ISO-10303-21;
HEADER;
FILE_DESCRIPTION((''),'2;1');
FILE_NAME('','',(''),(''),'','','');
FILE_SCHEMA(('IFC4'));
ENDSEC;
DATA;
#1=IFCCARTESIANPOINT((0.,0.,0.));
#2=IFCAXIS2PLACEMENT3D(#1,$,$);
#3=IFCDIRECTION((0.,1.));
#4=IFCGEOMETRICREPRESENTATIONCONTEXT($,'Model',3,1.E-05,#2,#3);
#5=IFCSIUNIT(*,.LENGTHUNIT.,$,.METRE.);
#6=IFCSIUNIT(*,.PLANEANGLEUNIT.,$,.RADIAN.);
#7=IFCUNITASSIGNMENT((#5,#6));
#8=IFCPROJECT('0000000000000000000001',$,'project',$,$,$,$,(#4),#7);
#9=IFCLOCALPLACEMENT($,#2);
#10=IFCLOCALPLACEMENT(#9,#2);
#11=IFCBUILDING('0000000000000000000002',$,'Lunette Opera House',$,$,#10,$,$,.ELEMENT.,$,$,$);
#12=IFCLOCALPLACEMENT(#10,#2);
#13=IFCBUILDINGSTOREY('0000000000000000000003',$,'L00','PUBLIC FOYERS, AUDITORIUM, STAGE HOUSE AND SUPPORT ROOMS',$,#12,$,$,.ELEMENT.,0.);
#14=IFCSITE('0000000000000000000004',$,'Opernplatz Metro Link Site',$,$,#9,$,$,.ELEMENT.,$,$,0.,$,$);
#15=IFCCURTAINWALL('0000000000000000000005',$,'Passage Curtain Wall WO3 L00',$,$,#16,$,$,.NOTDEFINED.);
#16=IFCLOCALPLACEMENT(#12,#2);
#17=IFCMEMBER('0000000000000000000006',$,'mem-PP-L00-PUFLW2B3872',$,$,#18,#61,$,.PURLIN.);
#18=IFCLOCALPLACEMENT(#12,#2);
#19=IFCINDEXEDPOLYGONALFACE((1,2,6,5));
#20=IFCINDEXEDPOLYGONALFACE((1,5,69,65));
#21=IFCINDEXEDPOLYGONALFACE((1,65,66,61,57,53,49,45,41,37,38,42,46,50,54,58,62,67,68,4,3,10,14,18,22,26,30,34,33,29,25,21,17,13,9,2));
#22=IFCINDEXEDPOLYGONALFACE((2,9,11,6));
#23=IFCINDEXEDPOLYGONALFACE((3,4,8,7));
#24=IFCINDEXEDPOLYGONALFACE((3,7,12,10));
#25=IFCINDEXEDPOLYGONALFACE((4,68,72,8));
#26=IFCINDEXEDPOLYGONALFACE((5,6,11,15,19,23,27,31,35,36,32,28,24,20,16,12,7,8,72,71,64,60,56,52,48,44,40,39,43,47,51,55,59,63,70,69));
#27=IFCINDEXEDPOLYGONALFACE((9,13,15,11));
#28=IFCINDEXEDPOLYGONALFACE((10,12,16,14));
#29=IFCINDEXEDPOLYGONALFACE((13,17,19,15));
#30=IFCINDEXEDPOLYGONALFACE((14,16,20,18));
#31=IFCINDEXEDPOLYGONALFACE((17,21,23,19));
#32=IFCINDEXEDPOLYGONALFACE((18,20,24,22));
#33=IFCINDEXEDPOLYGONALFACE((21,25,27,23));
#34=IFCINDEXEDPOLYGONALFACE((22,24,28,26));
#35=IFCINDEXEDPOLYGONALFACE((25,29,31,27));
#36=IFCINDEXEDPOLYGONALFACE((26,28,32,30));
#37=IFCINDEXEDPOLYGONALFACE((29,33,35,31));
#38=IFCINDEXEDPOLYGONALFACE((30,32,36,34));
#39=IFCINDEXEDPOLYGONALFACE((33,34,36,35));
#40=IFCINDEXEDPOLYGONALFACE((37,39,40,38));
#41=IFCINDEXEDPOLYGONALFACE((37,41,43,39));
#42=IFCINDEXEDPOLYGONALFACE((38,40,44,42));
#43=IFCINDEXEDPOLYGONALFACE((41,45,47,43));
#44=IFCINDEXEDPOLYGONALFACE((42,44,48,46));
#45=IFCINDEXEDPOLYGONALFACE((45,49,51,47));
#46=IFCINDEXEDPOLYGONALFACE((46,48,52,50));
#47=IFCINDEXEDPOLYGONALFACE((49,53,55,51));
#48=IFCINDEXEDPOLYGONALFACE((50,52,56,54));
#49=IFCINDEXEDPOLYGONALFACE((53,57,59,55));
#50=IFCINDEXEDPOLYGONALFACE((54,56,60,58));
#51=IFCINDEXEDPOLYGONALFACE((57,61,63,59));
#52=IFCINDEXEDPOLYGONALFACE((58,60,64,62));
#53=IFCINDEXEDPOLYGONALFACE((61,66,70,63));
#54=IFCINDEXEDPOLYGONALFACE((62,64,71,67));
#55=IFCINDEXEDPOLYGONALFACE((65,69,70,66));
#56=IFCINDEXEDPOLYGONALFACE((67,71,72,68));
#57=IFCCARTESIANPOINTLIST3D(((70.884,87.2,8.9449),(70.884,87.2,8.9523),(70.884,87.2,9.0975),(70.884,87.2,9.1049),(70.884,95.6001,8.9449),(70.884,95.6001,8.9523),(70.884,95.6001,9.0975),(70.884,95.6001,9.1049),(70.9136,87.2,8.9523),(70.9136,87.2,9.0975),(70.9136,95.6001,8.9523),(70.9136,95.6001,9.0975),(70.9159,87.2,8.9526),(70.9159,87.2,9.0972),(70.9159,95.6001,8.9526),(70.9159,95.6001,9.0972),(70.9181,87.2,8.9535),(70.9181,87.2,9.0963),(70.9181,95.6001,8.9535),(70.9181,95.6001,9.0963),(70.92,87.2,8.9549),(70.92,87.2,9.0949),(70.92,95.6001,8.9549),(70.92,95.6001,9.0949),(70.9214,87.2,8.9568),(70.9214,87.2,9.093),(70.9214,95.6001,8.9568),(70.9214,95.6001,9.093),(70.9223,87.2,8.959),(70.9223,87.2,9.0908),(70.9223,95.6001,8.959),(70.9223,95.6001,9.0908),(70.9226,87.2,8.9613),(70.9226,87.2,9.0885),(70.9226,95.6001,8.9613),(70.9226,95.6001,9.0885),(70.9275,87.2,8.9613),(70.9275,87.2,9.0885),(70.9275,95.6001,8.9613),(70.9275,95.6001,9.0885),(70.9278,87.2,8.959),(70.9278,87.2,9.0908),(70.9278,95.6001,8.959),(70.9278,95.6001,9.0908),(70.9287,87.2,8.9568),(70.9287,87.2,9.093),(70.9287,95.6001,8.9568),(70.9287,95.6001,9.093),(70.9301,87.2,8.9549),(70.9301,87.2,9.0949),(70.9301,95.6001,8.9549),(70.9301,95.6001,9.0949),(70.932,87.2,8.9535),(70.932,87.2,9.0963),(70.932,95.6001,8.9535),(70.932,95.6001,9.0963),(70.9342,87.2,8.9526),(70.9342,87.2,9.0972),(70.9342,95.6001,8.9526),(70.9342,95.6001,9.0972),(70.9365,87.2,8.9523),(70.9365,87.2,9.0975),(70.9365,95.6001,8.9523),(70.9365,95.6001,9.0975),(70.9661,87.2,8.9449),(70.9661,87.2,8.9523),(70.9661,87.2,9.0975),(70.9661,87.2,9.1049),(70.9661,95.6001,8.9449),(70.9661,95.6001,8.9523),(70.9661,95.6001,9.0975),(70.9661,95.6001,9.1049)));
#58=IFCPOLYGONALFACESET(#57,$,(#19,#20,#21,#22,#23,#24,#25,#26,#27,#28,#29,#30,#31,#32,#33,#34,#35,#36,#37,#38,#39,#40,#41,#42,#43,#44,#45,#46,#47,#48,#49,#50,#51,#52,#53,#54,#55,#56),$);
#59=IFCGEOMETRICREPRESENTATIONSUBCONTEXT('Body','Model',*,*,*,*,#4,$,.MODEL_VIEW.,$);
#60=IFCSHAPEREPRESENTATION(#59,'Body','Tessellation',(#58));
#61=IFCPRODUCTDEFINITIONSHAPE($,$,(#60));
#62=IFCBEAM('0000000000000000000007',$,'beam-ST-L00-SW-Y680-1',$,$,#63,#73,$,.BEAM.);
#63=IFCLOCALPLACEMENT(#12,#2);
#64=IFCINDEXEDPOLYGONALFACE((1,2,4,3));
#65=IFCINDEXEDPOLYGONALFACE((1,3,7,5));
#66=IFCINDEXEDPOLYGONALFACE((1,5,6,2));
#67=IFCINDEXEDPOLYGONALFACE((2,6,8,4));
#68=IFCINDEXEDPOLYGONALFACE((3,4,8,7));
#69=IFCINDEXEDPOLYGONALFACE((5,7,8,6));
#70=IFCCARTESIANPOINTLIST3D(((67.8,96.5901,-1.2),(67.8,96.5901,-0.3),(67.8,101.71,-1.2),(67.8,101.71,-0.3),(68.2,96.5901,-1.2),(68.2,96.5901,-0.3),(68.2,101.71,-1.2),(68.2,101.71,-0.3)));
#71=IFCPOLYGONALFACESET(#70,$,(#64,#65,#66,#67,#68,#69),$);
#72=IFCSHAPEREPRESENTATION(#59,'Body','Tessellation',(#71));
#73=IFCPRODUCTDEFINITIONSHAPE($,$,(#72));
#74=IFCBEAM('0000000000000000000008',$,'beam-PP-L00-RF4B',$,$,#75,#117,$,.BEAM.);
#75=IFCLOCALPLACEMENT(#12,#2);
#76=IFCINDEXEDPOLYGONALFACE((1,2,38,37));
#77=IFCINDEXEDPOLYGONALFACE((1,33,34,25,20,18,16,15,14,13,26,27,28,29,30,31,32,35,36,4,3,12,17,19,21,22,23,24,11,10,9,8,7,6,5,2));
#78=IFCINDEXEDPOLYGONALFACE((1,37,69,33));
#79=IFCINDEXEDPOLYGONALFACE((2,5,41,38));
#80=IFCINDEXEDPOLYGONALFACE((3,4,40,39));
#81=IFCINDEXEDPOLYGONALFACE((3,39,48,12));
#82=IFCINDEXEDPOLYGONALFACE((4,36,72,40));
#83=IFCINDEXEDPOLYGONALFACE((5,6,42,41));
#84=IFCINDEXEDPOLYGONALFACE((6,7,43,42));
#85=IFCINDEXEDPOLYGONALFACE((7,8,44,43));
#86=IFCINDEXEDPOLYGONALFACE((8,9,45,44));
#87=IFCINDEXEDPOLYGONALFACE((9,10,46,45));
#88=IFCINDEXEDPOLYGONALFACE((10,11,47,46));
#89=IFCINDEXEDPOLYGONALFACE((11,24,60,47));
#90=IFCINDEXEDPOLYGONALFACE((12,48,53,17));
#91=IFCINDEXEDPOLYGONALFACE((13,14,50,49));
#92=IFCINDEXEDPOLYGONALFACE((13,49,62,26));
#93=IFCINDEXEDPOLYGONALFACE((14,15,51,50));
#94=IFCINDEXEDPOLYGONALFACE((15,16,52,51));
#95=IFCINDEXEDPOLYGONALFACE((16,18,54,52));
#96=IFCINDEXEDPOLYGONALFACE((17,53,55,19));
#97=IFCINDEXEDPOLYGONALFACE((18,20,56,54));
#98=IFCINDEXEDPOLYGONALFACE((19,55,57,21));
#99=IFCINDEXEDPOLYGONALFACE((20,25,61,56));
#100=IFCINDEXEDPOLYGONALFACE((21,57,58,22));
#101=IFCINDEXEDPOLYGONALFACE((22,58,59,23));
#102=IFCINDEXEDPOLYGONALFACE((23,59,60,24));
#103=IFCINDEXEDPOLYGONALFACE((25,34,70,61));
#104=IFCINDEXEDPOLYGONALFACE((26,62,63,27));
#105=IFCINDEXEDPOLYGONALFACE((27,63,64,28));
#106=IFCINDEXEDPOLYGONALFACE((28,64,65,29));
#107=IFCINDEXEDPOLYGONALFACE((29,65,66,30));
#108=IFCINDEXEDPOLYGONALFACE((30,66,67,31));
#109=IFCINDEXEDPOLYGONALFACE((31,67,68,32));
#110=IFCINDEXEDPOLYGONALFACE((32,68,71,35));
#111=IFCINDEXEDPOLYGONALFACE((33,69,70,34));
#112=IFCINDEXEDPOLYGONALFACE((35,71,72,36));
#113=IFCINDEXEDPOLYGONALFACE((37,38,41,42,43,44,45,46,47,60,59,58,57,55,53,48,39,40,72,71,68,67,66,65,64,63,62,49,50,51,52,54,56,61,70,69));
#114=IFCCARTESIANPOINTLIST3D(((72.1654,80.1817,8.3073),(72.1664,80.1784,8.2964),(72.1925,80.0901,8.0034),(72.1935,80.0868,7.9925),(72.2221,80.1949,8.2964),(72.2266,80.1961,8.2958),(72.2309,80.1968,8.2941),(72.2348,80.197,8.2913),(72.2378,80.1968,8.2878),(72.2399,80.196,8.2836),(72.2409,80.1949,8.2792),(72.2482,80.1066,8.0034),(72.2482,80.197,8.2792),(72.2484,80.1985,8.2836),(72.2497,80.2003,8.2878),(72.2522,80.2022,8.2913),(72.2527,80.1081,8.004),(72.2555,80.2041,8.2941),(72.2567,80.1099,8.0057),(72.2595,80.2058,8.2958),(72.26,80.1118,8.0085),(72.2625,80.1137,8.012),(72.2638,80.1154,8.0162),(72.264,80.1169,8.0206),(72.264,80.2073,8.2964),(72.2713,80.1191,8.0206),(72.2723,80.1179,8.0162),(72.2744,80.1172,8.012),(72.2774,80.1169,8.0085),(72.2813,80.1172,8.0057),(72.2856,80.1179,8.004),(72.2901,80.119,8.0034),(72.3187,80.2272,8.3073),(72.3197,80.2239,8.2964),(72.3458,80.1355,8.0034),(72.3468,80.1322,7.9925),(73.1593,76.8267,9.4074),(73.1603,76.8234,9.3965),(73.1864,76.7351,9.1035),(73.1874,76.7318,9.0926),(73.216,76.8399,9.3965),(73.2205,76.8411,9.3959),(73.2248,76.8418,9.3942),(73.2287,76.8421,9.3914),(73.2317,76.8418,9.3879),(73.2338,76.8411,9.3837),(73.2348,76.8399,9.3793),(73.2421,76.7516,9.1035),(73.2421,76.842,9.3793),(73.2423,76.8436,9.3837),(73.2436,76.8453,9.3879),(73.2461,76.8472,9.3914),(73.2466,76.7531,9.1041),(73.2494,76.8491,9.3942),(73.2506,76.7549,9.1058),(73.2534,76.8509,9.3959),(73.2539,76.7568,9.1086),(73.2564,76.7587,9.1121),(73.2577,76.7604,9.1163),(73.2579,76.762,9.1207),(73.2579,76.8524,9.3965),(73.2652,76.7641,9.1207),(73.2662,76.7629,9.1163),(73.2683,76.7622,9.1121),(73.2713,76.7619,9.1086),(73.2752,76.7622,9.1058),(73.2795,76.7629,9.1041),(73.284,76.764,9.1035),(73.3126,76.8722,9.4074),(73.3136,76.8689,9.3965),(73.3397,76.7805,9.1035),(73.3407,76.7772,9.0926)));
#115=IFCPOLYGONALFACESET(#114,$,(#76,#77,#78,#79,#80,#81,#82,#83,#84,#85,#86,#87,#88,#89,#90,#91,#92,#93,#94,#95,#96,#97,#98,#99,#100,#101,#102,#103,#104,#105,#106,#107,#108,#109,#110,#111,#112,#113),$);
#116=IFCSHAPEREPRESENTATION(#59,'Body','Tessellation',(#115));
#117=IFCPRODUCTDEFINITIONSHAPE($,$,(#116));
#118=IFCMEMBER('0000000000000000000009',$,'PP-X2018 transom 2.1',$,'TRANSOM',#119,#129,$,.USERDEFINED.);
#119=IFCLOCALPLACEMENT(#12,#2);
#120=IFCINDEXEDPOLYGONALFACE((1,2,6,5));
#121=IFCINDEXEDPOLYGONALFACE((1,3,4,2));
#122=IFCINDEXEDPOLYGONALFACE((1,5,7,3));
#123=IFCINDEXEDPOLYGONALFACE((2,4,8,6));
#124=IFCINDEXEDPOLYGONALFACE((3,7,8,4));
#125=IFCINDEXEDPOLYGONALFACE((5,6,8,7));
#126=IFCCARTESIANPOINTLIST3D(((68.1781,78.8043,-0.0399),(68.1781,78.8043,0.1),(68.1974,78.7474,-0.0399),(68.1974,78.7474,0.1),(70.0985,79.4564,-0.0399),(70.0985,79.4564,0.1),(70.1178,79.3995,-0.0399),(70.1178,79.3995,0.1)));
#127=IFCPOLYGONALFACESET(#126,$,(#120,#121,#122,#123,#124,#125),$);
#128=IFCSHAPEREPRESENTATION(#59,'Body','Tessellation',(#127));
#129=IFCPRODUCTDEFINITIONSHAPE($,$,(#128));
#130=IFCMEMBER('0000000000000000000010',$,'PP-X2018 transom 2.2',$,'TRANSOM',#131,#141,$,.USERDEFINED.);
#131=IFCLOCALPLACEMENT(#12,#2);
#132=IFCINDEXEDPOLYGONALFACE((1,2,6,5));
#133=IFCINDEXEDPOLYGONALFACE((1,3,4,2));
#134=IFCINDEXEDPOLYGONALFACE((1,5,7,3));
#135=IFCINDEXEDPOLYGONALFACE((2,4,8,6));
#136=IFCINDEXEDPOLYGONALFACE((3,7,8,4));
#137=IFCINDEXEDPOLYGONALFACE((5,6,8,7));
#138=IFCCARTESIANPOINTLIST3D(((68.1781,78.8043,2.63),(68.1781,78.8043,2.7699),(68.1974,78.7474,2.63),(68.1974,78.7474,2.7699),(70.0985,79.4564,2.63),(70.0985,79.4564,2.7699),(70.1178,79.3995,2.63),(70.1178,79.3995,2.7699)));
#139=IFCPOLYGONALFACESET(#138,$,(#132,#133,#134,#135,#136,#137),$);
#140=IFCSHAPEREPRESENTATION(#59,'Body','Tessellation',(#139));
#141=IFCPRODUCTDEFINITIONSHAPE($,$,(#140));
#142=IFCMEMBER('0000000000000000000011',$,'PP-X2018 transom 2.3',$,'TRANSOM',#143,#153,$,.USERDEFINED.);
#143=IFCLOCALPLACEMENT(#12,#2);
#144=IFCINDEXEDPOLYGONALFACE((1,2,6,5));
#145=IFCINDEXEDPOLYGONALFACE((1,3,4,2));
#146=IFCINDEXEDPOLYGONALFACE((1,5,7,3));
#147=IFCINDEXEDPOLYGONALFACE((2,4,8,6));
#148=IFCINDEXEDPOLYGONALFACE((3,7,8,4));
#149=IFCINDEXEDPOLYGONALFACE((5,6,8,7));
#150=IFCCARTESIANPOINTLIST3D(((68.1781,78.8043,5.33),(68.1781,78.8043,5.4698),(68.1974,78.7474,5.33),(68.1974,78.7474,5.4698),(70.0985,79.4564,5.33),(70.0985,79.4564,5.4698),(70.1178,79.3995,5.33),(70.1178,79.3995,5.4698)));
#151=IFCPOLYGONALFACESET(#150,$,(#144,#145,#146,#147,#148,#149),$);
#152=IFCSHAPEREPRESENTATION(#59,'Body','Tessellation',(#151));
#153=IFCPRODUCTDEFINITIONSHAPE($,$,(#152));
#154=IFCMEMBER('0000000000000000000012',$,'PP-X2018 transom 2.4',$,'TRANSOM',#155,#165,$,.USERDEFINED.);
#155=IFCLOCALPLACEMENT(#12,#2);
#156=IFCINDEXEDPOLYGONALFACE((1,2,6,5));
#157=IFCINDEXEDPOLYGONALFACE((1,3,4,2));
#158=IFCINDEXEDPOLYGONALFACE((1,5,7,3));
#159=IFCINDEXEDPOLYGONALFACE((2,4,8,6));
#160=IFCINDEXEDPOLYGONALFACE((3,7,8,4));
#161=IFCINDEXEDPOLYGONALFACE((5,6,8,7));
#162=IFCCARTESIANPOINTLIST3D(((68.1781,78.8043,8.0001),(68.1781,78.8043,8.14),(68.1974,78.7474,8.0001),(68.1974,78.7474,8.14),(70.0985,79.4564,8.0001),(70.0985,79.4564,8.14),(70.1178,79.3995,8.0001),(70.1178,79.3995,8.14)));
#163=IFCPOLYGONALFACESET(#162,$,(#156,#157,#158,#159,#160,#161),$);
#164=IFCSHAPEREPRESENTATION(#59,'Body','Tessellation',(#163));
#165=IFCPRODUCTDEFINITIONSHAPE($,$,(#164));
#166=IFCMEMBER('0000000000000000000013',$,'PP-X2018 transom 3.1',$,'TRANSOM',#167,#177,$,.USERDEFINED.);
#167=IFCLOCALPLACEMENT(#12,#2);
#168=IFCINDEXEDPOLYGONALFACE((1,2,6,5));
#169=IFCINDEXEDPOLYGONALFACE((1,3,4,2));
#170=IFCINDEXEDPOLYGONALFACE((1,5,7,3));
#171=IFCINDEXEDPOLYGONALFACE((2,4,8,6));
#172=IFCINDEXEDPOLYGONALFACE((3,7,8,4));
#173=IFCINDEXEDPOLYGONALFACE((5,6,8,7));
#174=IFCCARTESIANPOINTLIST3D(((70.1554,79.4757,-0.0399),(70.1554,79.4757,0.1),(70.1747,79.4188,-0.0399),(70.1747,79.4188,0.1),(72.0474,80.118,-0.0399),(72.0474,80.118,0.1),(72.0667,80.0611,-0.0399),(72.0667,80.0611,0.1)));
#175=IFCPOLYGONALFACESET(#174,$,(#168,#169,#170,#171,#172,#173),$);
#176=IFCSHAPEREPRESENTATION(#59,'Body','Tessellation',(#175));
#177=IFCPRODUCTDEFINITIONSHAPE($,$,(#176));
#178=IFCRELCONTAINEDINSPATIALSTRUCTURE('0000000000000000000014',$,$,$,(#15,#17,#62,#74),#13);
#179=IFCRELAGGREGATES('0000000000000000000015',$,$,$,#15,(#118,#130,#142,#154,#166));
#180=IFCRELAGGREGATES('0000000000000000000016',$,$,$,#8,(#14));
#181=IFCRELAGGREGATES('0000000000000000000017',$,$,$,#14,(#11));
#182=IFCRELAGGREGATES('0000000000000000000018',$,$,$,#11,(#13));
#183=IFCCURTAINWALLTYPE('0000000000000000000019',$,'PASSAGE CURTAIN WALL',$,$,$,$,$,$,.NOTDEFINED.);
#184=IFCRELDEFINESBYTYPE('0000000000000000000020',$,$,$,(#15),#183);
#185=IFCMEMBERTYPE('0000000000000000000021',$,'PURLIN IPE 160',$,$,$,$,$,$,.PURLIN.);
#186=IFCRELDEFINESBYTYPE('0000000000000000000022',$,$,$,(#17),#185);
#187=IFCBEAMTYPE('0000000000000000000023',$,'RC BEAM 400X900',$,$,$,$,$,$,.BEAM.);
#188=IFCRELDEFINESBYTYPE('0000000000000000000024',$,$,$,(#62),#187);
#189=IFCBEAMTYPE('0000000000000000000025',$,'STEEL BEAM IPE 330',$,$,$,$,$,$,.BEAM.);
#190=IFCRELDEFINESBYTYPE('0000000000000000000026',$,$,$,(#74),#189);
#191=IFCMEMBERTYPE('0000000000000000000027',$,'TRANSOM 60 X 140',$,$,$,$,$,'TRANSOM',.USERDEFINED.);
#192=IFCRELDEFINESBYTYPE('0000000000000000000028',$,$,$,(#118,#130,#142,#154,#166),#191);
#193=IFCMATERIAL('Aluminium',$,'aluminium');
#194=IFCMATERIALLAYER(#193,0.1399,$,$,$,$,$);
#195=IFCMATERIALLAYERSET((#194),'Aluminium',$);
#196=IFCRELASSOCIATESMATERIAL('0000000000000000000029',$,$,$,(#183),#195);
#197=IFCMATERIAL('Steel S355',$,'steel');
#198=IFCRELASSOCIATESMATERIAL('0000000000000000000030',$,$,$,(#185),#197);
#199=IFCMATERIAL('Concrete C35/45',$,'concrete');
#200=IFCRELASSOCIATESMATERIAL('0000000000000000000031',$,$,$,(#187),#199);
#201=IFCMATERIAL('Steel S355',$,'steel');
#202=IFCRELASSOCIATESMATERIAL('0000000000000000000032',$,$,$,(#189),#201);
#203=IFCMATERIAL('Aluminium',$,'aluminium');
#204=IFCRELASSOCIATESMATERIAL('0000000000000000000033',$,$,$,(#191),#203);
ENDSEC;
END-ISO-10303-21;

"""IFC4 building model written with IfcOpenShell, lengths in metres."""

from ifc_helpers import new_model, si_unit, direction, frame, origin, origin_2d, place, context, subcontext, project, spatial, rectangle, i_section, extrude, material, layer, layer_set, material_profile, profile_set, type_object, element, aggregate, save


model = new_model("IFC4")

# Units and contexts
model_context = context("Model", 3, precision=1e-05, world=origin(), true_north=direction((0.0, 1.0)))
body_context = subcontext(model_context, "Body", "Model", "MODEL_VIEW")
ifc_project = project(units=[si_unit("LENGTHUNIT", "METRE"), si_unit("PLANEANGLEUNIT", "RADIAN")], contexts=[model_context])

# Site, building, storey
site_placement = place(None, origin())
site = spatial("IfcSite", under=ifc_project, at=site_placement, Name="Opernplatz Metro Link Site", CompositionType="ELEMENT", RefElevation=0.0)
building_placement = place(site_placement, origin())
building = spatial("IfcBuilding", under=site, at=building_placement, Name="Lunette Opera House", CompositionType="ELEMENT")
storey_placement = place(building_placement, origin())
storey = spatial("IfcBuildingStorey", under=building, at=storey_placement, Name="L00", Description="PUBLIC FOYERS, AUDITORIUM, STAGE HOUSE AND SUPPORT ROOMS", CompositionType="ELEMENT", Elevation=0.0)

# Curtain wall
ifc_material_1 = material(Name="Aluminium", Category="aluminium")
ifc_layer_1 = layer(ifc_material_1, 0.1399)
ifc_layer_set_1 = layer_set([ifc_layer_1], Name="Aluminium")
curtain_wall_type = type_object("IfcCurtainWallType", Name="PASSAGE CURTAIN WALL", PredefinedType="NOTDEFINED", material=ifc_layer_set_1)
curtain_wall_placement = place(storey_placement, origin())
curtain_wall = element("IfcCurtainWall", 1, at=curtain_wall_placement, inside=storey, type_object=curtain_wall_type, Name="Passage Curtain Wall WO3 L00", PredefinedType="NOTDEFINED")

# Member
ifc_material_2 = material(Name="Steel S355", Category="steel")
ifc_material_profile_1 = material_profile(ifc_material_2, i_section(OverallWidth=0.082, OverallDepth=0.1599, WebThickness=0.0049, FlangeThickness=0.0073, FilletRadius=0.009, at=origin_2d()), Name="IPE 160")
ifc_profile_set_1 = profile_set([ifc_material_profile_1], Name="Steel S355")
member_type_1 = type_object("IfcMemberType", Name="PURLIN IPE 160", PredefinedType="PURLIN", material=ifc_profile_set_1)
for number, where, z_axis, x_axis, name in (
    (2, (70.925, 87.2, 9.0249), (0.0, 1.0, 0.0), (-1.0, 0.0, 0.0), "mem-PP-L00-PUFLW2B3872"),
):
    element("IfcMember", number, at=place(storey_placement, frame(where, z_axis=z_axis, x_axis=x_axis)), inside=storey, type_object=member_type_1, Name=name, PredefinedType="PURLIN", context=body_context, shape_type="SweptSolid", body=[
        extrude(i_section(OverallWidth=0.082, OverallDepth=0.1599, WebThickness=0.0049, FlangeThickness=0.0073, FilletRadius=0.009, at=origin_2d()), origin(), (0.0, 0.0, 1.0), 8.4001),
    ])

# Beams
ifc_material_3 = material(Name="Concrete C35/45", Category="concrete")
ifc_material_profile_2 = material_profile(ifc_material_3, rectangle(XDim=0.3999, YDim=0.8999, at=origin_2d()), Name="RC BEAM 400X900")
ifc_profile_set_2 = profile_set([ifc_material_profile_2], Name="Concrete C35/45")
beam_type_1 = type_object("IfcBeamType", Name="RC BEAM 400X900", PredefinedType="BEAM", material=ifc_profile_set_2)
beam_1_placement = place(storey_placement, frame((68.0, 96.5901, -0.75), z_axis=(0.0, 1.0, 0.0), x_axis=(-1.0, 0.0, 0.0)))
element("IfcBeam", 3, at=beam_1_placement, inside=storey, type_object=beam_type_1, Name="beam-ST-L00-SW-Y680-1", PredefinedType="BEAM", context=body_context, shape_type="SweptSolid", body=[
    extrude(rectangle(XDim=0.3999, YDim=0.8999, at=origin_2d()), origin(), (0.0, 0.0, 1.0), 5.1199),
])
ifc_material_4 = material(Name="Steel S355", Category="steel")
ifc_material_profile_3 = material_profile(ifc_material_4, i_section(OverallWidth=0.1599, OverallDepth=0.3301, WebThickness=0.0076, FlangeThickness=0.0115, FilletRadius=0.0181, at=origin_2d()), Name="IPE 330")
ifc_profile_set_3 = profile_set([ifc_material_profile_3], Name="Steel S355")
beam_type_2 = type_object("IfcBeamType", Name="STEEL BEAM IPE 330", PredefinedType="BEAM", material=ifc_profile_set_3)
beam_2_placement = place(storey_placement, frame((72.2561, 80.157, 8.1499), z_axis=(0.270967, -0.914672, 0.299921), x_axis=(0.958811, 0.284043, 0.0)))
element("IfcBeam", 4, at=beam_2_placement, inside=storey, type_object=beam_type_2, Name="beam-PP-L00-RF4B", PredefinedType="BEAM", context=body_context, shape_type="SweptSolid", body=[
    extrude(i_section(OverallWidth=0.1599, OverallDepth=0.3301, WebThickness=0.0076, FlangeThickness=0.0115, FilletRadius=0.0181, at=origin_2d()), origin(), (0.0, 0.0, 1.0), 3.668),
])

# Members
ifc_material_5 = material(Name="Aluminium", Category="aluminium")
ifc_material_profile_4 = material_profile(ifc_material_5, rectangle(XDim=0.0601, YDim=0.1399, at=origin_2d()), Name="TRANSOM 60 X 140")
ifc_profile_set_4 = profile_set([ifc_material_profile_4], Name="Aluminium")
member_type_2 = type_object("IfcMemberType", Name="TRANSOM 60 X 140", ElementType="TRANSOM", PredefinedType="USERDEFINED", material=ifc_profile_set_4)
member_1_placement = place(storey_placement, frame((68.1877, 78.7759, 0.03), z_axis=(0.946899, 0.321532, 0.0), x_axis=(-0.321532, 0.946899, 0.0)))
member_1 = element("IfcMember", 5, at=member_1_placement, type_object=member_type_2, Name="PP-X2018 transom 2.1", ObjectType="TRANSOM", PredefinedType="USERDEFINED", context=body_context, shape_type="SweptSolid", body=[
    extrude(rectangle(XDim=0.0601, YDim=0.1399, at=origin_2d()), origin(), (0.0, 0.0, 1.0), 2.0281),
])
member_2_placement = place(storey_placement, frame((68.1877, 78.7759, 2.7), z_axis=(0.946899, 0.321532, 0.0), x_axis=(-0.321532, 0.946899, 0.0)))
member_2 = element("IfcMember", 6, at=member_2_placement, type_object=member_type_2, Name="PP-X2018 transom 2.2", ObjectType="TRANSOM", PredefinedType="USERDEFINED", context=body_context, shape_type="SweptSolid", body=[
    extrude(rectangle(XDim=0.0601, YDim=0.1399, at=origin_2d()), origin(), (0.0, 0.0, 1.0), 2.0281),
])
member_3_placement = place(storey_placement, frame((68.1877, 78.7759, 5.3999), z_axis=(0.946899, 0.321532, 0.0), x_axis=(-0.321532, 0.946899, 0.0)))
member_3 = element("IfcMember", 7, at=member_3_placement, type_object=member_type_2, Name="PP-X2018 transom 2.3", ObjectType="TRANSOM", PredefinedType="USERDEFINED", context=body_context, shape_type="SweptSolid", body=[
    extrude(rectangle(XDim=0.0601, YDim=0.1399, at=origin_2d()), origin(), (0.0, 0.0, 1.0), 2.0281),
])
member_4_placement = place(storey_placement, frame((68.1877, 78.7759, 8.0701), z_axis=(0.946899, 0.321532, 0.0), x_axis=(-0.321532, 0.946899, 0.0)))
member_4 = element("IfcMember", 8, at=member_4_placement, type_object=member_type_2, Name="PP-X2018 transom 2.4", ObjectType="TRANSOM", PredefinedType="USERDEFINED", context=body_context, shape_type="SweptSolid", body=[
    extrude(rectangle(XDim=0.0601, YDim=0.1399, at=origin_2d()), origin(), (0.0, 0.0, 1.0), 2.0281),
])
member_5_placement = place(storey_placement, frame((70.165, 79.4473, 0.03), z_axis=(0.946922, 0.321465, 0.0), x_axis=(-0.321465, 0.946922, 0.0)))
member_5 = element("IfcMember", 9, at=member_5_placement, type_object=member_type_2, Name="PP-X2018 transom 3.1", ObjectType="TRANSOM", PredefinedType="USERDEFINED", context=body_context, shape_type="SweptSolid", body=[
    extrude(rectangle(XDim=0.0601, YDim=0.1399, at=origin_2d()), origin(), (0.0, 0.0, 1.0), 1.998),
])

aggregate(curtain_wall, [member_1, member_2, member_3, member_4, member_5])

save(model, "model.ifc")
